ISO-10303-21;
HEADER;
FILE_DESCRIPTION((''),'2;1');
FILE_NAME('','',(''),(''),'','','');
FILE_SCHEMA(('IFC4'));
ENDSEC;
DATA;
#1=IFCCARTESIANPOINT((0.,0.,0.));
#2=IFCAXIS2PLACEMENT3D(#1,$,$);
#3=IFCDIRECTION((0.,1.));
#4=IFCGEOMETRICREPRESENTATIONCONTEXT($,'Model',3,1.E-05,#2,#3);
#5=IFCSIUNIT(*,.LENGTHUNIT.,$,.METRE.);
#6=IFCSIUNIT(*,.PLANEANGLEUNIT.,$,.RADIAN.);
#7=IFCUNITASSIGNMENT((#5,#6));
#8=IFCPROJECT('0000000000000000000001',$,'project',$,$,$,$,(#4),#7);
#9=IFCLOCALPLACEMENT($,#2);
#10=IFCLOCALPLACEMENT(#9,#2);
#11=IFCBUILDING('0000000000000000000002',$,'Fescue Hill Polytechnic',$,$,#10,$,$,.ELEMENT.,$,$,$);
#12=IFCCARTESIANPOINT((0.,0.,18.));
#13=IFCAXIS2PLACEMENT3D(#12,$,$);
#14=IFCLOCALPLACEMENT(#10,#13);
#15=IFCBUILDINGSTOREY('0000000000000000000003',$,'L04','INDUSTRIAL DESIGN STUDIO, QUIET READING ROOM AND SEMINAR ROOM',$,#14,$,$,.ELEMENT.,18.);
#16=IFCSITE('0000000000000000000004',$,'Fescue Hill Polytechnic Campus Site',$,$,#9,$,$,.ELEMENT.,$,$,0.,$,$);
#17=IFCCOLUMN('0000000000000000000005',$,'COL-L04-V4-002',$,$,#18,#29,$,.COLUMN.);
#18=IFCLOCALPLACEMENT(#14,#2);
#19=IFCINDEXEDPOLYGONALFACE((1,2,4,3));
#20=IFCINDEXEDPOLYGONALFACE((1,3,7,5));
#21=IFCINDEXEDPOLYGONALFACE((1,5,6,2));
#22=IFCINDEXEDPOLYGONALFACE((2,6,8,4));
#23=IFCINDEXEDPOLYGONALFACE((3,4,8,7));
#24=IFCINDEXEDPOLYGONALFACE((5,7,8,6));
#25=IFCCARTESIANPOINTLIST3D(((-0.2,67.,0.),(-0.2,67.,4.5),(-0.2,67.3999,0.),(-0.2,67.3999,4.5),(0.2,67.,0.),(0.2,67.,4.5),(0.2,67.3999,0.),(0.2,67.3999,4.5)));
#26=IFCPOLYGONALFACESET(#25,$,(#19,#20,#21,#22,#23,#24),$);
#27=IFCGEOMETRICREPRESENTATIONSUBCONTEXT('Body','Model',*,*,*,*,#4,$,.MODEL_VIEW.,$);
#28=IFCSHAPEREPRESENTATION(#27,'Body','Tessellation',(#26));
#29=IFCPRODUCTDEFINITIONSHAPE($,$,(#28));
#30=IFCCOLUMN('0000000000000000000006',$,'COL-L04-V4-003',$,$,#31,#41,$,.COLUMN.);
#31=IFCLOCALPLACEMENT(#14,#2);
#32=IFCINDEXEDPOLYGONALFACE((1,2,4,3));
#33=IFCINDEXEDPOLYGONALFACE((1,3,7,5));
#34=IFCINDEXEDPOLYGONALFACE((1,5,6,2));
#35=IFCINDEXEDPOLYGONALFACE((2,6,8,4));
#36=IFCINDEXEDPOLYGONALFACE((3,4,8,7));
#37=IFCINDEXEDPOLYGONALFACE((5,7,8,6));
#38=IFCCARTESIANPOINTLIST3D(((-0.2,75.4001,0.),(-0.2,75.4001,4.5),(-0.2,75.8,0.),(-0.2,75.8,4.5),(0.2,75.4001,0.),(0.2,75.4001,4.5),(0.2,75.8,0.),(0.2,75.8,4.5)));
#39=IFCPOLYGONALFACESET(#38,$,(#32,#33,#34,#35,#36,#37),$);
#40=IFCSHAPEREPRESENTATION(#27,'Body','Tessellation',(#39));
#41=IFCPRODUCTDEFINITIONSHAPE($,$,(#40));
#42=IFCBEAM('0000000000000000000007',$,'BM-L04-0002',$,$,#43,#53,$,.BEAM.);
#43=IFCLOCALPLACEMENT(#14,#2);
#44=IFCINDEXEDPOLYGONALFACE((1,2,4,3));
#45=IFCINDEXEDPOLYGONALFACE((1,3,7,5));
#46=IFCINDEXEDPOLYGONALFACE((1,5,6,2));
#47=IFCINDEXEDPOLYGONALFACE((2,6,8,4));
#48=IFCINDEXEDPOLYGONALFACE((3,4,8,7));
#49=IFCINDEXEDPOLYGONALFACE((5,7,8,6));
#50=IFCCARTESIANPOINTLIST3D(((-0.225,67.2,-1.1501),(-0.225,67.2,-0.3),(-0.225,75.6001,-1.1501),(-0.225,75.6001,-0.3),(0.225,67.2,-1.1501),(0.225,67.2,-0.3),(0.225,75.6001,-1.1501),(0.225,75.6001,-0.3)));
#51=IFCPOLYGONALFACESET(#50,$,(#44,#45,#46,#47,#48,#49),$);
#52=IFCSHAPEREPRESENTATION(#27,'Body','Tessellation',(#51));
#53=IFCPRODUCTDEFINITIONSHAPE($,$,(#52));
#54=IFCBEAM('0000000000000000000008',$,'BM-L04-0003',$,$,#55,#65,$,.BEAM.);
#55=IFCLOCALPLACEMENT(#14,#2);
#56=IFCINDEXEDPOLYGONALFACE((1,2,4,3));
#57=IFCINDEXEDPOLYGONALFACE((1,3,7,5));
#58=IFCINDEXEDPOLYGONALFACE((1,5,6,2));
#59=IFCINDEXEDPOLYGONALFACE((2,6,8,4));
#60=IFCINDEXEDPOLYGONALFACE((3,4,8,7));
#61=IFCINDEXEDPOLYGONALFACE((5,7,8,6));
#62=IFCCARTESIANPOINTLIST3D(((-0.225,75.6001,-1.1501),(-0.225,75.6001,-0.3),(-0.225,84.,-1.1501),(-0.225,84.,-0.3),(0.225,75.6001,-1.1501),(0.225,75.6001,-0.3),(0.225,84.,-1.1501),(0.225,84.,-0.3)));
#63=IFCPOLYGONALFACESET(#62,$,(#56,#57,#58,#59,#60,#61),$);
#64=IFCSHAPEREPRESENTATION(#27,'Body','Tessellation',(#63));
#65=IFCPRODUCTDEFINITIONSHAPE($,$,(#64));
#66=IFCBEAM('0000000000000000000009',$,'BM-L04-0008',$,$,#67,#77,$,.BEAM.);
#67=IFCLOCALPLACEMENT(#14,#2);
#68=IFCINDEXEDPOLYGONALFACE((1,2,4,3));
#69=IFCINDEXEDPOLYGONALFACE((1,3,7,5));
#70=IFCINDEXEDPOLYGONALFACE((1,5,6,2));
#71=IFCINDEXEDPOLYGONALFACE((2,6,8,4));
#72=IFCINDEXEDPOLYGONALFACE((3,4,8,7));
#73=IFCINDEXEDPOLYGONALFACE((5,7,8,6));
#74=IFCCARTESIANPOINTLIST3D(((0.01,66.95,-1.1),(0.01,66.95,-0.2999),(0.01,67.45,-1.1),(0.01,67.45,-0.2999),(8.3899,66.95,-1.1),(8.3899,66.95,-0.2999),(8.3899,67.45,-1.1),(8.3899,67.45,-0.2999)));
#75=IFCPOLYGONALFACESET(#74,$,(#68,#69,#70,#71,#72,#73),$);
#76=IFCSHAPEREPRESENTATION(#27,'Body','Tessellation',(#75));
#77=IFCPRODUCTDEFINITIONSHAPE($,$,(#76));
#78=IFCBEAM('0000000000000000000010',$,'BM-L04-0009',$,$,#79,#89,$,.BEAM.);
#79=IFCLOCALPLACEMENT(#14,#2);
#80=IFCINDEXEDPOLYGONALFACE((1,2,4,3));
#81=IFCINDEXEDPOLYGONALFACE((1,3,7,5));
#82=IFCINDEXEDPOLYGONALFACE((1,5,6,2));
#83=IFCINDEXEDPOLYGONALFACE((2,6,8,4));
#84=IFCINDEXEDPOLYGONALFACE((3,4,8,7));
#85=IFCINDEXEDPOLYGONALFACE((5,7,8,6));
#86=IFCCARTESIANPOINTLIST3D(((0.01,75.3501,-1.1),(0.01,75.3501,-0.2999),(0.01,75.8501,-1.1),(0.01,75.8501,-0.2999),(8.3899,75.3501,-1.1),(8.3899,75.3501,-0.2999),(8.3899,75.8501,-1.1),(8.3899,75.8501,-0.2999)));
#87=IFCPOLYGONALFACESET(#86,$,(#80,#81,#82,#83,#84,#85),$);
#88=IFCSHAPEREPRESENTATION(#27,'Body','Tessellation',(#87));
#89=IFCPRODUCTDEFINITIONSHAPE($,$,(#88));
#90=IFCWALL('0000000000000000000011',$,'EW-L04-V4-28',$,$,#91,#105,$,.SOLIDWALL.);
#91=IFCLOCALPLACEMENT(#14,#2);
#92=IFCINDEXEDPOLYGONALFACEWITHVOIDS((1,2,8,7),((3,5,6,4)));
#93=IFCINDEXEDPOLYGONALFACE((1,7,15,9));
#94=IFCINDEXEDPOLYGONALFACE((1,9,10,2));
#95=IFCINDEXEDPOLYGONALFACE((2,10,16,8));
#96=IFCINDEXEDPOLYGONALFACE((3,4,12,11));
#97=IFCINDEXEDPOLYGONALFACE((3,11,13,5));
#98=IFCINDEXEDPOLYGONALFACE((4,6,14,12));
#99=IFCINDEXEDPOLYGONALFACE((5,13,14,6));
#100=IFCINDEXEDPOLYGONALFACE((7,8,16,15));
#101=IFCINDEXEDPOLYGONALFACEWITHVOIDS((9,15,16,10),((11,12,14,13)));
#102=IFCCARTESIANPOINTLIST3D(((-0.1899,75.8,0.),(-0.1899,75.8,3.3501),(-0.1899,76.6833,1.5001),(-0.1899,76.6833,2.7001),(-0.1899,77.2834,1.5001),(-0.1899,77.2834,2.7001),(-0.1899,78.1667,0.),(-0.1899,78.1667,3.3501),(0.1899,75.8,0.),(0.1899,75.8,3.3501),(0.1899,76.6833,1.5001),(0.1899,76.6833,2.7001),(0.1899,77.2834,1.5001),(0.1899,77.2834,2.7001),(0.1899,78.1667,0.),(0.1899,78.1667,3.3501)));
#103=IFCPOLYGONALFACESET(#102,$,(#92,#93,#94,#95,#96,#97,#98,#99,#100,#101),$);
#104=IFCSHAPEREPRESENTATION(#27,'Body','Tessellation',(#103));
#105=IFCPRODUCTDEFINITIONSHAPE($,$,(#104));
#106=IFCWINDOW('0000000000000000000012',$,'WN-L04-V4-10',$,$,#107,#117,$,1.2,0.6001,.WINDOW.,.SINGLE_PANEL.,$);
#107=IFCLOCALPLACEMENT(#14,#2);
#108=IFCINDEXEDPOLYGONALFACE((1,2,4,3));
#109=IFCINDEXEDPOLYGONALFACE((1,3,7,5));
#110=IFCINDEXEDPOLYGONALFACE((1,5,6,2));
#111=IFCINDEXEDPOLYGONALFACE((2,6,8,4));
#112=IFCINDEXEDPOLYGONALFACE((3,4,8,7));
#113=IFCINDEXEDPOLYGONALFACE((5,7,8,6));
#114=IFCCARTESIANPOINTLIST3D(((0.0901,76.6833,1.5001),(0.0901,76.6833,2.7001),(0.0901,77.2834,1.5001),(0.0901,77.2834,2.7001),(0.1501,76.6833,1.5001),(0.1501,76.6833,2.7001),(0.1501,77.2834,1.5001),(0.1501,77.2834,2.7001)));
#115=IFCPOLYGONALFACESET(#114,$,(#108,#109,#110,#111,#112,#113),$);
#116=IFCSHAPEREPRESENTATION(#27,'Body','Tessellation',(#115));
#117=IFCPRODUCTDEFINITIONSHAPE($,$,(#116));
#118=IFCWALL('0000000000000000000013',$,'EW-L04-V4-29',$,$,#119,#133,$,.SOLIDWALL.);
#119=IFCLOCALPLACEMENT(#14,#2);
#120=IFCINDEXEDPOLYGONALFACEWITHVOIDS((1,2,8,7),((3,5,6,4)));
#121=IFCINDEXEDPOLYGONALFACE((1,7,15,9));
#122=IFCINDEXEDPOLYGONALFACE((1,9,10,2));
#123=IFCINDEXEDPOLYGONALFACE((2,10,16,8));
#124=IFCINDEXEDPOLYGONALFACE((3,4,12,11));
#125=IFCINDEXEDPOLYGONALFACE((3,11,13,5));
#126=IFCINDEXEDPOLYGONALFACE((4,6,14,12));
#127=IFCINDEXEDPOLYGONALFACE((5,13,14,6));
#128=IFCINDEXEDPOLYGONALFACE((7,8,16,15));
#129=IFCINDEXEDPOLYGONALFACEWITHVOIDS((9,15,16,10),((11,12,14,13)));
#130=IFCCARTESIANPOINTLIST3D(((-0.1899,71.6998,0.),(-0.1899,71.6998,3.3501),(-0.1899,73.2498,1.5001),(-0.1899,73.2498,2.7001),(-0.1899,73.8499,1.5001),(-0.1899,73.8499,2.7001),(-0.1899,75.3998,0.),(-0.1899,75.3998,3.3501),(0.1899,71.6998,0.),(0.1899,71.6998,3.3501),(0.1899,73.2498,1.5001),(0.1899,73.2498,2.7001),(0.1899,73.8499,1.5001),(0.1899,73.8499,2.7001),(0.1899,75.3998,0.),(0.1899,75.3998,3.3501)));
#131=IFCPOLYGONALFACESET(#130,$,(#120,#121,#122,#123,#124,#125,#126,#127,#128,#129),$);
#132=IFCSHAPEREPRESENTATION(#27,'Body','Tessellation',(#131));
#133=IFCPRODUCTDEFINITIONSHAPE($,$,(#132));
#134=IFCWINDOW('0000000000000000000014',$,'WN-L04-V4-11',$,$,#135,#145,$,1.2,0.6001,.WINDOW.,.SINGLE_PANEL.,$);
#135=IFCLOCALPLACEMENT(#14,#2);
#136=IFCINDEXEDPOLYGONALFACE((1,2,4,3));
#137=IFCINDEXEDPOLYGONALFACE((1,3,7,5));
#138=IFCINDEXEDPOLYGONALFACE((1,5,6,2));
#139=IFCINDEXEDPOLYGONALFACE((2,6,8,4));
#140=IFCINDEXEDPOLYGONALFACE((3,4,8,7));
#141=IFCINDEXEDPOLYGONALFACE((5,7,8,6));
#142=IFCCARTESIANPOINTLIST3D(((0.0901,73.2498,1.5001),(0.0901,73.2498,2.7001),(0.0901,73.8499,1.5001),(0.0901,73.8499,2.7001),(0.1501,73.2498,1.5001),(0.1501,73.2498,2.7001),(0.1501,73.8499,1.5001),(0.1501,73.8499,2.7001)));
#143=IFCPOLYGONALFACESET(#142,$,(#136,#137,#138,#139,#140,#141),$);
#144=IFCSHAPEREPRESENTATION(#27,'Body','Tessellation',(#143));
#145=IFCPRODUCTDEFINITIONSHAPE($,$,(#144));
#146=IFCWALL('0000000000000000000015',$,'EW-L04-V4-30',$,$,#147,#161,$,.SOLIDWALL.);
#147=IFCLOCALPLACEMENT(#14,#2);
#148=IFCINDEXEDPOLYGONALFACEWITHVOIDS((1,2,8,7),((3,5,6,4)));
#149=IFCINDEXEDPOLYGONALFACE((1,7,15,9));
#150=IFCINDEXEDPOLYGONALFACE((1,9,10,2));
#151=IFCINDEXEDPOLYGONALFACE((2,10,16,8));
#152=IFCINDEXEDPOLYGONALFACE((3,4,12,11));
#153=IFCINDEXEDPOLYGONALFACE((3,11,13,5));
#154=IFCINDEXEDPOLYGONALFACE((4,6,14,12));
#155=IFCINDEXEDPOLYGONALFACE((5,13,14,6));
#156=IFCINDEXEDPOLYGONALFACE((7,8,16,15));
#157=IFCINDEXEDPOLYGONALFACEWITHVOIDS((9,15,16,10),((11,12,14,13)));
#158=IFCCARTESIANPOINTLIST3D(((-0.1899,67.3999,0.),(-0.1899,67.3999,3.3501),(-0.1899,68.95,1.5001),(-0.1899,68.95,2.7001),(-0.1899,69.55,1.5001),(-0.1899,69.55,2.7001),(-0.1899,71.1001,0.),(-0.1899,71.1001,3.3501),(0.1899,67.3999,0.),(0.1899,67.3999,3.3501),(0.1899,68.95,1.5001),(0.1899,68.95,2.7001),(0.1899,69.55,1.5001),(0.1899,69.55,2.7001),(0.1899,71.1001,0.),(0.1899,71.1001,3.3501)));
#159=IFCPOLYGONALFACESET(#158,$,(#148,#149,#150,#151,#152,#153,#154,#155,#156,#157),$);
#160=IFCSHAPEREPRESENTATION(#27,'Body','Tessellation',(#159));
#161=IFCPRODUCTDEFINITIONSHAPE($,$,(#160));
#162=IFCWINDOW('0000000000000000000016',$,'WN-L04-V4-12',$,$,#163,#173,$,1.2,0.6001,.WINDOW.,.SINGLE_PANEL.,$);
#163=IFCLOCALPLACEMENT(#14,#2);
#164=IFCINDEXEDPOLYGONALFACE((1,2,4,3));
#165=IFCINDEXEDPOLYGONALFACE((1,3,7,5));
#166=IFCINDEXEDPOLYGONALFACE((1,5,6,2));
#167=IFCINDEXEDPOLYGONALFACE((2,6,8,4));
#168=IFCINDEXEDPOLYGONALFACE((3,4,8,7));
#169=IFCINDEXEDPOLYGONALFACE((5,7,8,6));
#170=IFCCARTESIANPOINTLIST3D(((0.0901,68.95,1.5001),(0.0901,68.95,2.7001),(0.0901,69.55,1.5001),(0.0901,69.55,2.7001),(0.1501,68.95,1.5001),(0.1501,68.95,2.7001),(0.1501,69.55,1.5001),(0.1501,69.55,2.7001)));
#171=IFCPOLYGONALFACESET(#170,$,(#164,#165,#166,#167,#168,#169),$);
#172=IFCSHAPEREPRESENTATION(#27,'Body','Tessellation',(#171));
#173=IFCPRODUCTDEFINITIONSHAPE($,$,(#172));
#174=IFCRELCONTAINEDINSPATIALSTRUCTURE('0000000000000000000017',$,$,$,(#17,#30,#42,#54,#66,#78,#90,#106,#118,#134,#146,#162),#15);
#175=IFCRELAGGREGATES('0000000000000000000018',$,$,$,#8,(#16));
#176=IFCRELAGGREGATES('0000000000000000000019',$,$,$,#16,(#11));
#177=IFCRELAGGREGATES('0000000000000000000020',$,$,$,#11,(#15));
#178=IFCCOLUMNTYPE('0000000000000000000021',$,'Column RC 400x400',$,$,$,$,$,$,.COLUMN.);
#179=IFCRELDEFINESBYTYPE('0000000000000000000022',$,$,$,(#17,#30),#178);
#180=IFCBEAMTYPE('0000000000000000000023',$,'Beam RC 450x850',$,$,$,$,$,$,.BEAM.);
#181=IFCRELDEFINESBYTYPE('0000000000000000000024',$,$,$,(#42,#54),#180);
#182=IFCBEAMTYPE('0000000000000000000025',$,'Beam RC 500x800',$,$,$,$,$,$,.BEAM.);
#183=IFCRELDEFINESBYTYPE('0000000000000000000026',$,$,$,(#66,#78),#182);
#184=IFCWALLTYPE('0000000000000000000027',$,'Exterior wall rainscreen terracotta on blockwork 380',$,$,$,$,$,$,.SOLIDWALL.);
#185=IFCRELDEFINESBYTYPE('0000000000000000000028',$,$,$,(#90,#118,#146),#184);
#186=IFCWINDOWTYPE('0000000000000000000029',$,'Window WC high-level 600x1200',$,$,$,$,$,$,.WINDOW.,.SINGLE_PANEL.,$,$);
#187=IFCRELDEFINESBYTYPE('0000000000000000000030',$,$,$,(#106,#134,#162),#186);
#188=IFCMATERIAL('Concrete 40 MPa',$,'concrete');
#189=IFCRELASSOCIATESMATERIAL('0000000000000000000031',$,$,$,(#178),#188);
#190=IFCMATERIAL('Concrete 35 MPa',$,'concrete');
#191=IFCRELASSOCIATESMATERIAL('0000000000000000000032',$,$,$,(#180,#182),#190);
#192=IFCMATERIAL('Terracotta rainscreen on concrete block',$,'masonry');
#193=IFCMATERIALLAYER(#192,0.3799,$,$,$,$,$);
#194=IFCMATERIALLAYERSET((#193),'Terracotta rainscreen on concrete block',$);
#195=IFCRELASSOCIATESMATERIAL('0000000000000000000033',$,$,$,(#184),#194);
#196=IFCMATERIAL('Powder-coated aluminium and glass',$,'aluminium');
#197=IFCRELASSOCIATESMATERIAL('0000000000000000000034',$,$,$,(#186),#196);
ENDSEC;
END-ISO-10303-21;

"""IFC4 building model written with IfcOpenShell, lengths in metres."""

from ifc_helpers import new_model, si_unit, direction, frame, frame_2d, origin, origin_2d, place, context, subcontext, project, spatial, rectangle, extrude, material, layer, layer_set, material_profile, profile_set, type_object, element, fill, save


model = new_model("IFC4")

# Units and contexts
model_context = context("Model", 3, precision=1e-05, world=origin(), true_north=direction((0.0, 1.0)))
body_context = subcontext(model_context, "Body", "Model", "MODEL_VIEW")
ifc_project = project(units=[si_unit("LENGTHUNIT", "METRE"), si_unit("PLANEANGLEUNIT", "RADIAN")], contexts=[model_context])

# Site, building, storey
site_placement = place(None, origin())
site = spatial("IfcSite", under=ifc_project, at=site_placement, Name="Fescue Hill Polytechnic Campus Site", CompositionType="ELEMENT", RefElevation=0.0)
building_placement = place(site_placement, origin())
building = spatial("IfcBuilding", under=site, at=building_placement, Name="Fescue Hill Polytechnic", CompositionType="ELEMENT")
storey_placement = place(building_placement, frame((0.0, 0.0, 18.0)))
storey = spatial("IfcBuildingStorey", under=building, at=storey_placement, Name="L04", Description="INDUSTRIAL DESIGN STUDIO, QUIET READING ROOM AND SEMINAR ROOM", CompositionType="ELEMENT", Elevation=18.0)

# Columns
ifc_material_1 = material(Name="Concrete 40 MPa", Category="concrete")
ifc_material_profile_1 = material_profile(ifc_material_1, rectangle(XDim=0.3999, YDim=0.3999, at=origin_2d()), Name="RC 400x400")
ifc_profile_set_1 = profile_set([ifc_material_profile_1], Name="Concrete 40 MPa")
column_type = type_object("IfcColumnType", Name="Column RC 400x400", PredefinedType="COLUMN", material=ifc_profile_set_1)
for number, where, z_axis, x_axis, name in (
    (1, (0.0, 67.2, 0.0), (0.0, 0.0, 1.0), (1.0, 0.0, 0.0), "COL-L04-V4-002"),
    (2, (0.0, 75.6001, 0.0), (0.0, 0.0, 1.0), (1.0, 0.0, 0.0), "COL-L04-V4-003"),
):
    element("IfcColumn", number, at=place(storey_placement, frame(where, z_axis=z_axis, x_axis=x_axis)), inside=storey, type_object=column_type, Name=name, PredefinedType="COLUMN", context=body_context, shape_type="SweptSolid", body=[
        extrude(rectangle(XDim=0.3999, YDim=0.3999, at=origin_2d()), origin(), (0.0, 0.0, 1.0), 4.5),
    ])

# Beams
ifc_material_2 = material(Name="Concrete 35 MPa", Category="concrete")
ifc_material_profile_2 = material_profile(ifc_material_2, rectangle(XDim=0.45, YDim=0.8501, at=origin_2d()), Name="RC 450x850")
ifc_profile_set_2 = profile_set([ifc_material_profile_2], Name="Concrete 35 MPa")
beam_type_1 = type_object("IfcBeamType", Name="Beam RC 450x850", PredefinedType="BEAM", material=ifc_profile_set_2)
beam_1_placement = place(storey_placement, frame((0.0, 67.2, -0.7251), z_axis=(0.0, 1.0, 0.0), x_axis=(-1.0, 0.0, 0.0)))
element("IfcBeam", 3, at=beam_1_placement, inside=storey, type_object=beam_type_1, Name="BM-L04-0002", PredefinedType="BEAM", context=body_context, shape_type="SweptSolid", body=[
    extrude(rectangle(XDim=0.45, YDim=0.8501, at=origin_2d()), origin(), (0.0, 0.0, 1.0), 8.4001),
])
beam_2_placement = place(storey_placement, frame((0.0, 75.6001, -0.7251), z_axis=(0.0, 1.0, 0.0), x_axis=(-1.0, 0.0, 0.0)))
element("IfcBeam", 4, at=beam_2_placement, inside=storey, type_object=beam_type_1, Name="BM-L04-0003", PredefinedType="BEAM", context=body_context, shape_type="SweptSolid", body=[
    extrude(rectangle(XDim=0.45, YDim=0.8501, at=origin_2d()), origin(), (0.0, 0.0, 1.0), 8.3999),
])
ifc_material_profile_3 = material_profile(ifc_material_2, rectangle(XDim=0.5, YDim=0.8, at=origin_2d()), Name="RC 500x800")
ifc_profile_set_3 = profile_set([ifc_material_profile_3], Name="Concrete 35 MPa")
beam_type_2 = type_object("IfcBeamType", Name="Beam RC 500x800", PredefinedType="BEAM", material=ifc_profile_set_3)
for number, where, z_axis, x_axis, name in (
    (5, (0.01, 67.2, -0.7), (1.0, 0.0, 0.0), (0.0, 1.0, 0.0), "BM-L04-0008"),
    (6, (0.01, 75.6001, -0.7), (1.0, 0.0, 0.0), (0.0, 1.0, 0.0), "BM-L04-0009"),
):
    element("IfcBeam", number, at=place(storey_placement, frame(where, z_axis=z_axis, x_axis=x_axis)), inside=storey, type_object=beam_type_2, Name=name, PredefinedType="BEAM", context=body_context, shape_type="SweptSolid", body=[
        extrude(rectangle(XDim=0.5, YDim=0.8, at=origin_2d()), origin(), (0.0, 0.0, 1.0), 8.3799),
    ])

# Walls, openings, windows
ifc_material_3 = material(Name="Terracotta rainscreen on concrete block", Category="masonry")
ifc_layer_1 = layer(ifc_material_3, 0.3799)
ifc_layer_set_1 = layer_set([ifc_layer_1], Name="Terracotta rainscreen on concrete block")
wall_type_1 = type_object("IfcWallType", Name="Exterior wall rainscreen terracotta on blockwork 380", PredefinedType="SOLIDWALL", material=ifc_layer_set_1)
wall_1_placement = place(storey_placement, frame((0.0, 78.1667, 0.0), z_axis=(0.0, 0.0, 1.0), x_axis=(0.0, -1.0, 0.0)))
wall_1 = element("IfcWall", 7, at=wall_1_placement, inside=storey, type_object=wall_type_1, Name="EW-L04-V4-28", PredefinedType="SOLIDWALL", context=body_context, shape_type="SweptSolid", body=[
    extrude(rectangle(XDim=2.3667, YDim=0.3799, at=frame_2d((1.1833, 0.0))), origin(), (0.0, 0.0, 1.0), 3.3501),
])
opening_1_placement = place(wall_1_placement, frame((0.8833, 0.0, 1.5)))
opening_1 = element("IfcOpeningElement", 8, at=opening_1_placement, cuts=wall_1, PredefinedType="OPENING", context=body_context, shape_type="SweptSolid", body=[
    extrude(rectangle(XDim=0.6001, YDim=1.2, at=frame_2d((0.3, 0.6001))), frame((0.0, 0.2, 0.0), z_axis=(0.0, -1.0, 0.0), x_axis=(1.0, 0.0, 0.0)), (0.0, 0.0, 1.0), 0.3999),
])
ifc_material_4 = material(Name="Powder-coated aluminium and glass", Category="aluminium")
window_type = type_object("IfcWindowType", Name="Window WC high-level 600x1200", PartitioningType="SINGLE_PANEL", PredefinedType="WINDOW", material=ifc_material_4)
window_1_placement = place(opening_1_placement, origin())
window_1 = element("IfcWindow", 9, at=window_1_placement, inside=storey, type_object=window_type, Name="WN-L04-V4-10", OverallHeight=1.2, OverallWidth=0.6001, PartitioningType="SINGLE_PANEL", PredefinedType="WINDOW", context=body_context, shape_type="SweptSolid", body=[
    extrude(rectangle(XDim=0.6001, YDim=1.2, at=frame_2d((0.3, 0.6001))), frame((0.0, 0.1501, 0.0), z_axis=(0.0, -1.0, 0.0), x_axis=(1.0, 0.0, 0.0)), (0.0, 0.0, 1.0), 0.0601),
])
fill(opening_1, window_1)
wall_2_placement = place(storey_placement, frame((0.0, 75.3999, 0.0), z_axis=(0.0, 0.0, 1.0), x_axis=(0.0, -1.0, 0.0)))
wall_2 = element("IfcWall", 10, at=wall_2_placement, inside=storey, type_object=wall_type_1, Name="EW-L04-V4-29", PredefinedType="SOLIDWALL", context=body_context, shape_type="SweptSolid", body=[
    extrude(rectangle(XDim=3.7, YDim=0.3799, at=frame_2d((1.8501, 0.0))), origin(), (0.0, 0.0, 1.0), 3.3501),
])
opening_2_placement = place(wall_2_placement, frame((1.55, 0.0, 1.5)))
opening_2 = element("IfcOpeningElement", 11, at=opening_2_placement, cuts=wall_2, PredefinedType="OPENING", context=body_context, shape_type="SweptSolid", body=[
    extrude(rectangle(XDim=0.6001, YDim=1.2, at=frame_2d((0.3, 0.6001))), frame((0.0, 0.2, 0.0), z_axis=(0.0, -1.0, 0.0), x_axis=(1.0, 0.0, 0.0)), (0.0, 0.0, 1.0), 0.3999),
])
window_2_placement = place(opening_2_placement, origin())
window_2 = element("IfcWindow", 12, at=window_2_placement, inside=storey, type_object=window_type, Name="WN-L04-V4-11", OverallHeight=1.2, OverallWidth=0.6001, PartitioningType="SINGLE_PANEL", PredefinedType="WINDOW", context=body_context, shape_type="SweptSolid", body=[
    extrude(rectangle(XDim=0.6001, YDim=1.2, at=frame_2d((0.3, 0.6001))), frame((0.0, 0.1501, 0.0), z_axis=(0.0, -1.0, 0.0), x_axis=(1.0, 0.0, 0.0)), (0.0, 0.0, 1.0), 0.0601),
])
fill(opening_2, window_2)
wall_3_placement = place(storey_placement, frame((0.0, 71.1001, 0.0), z_axis=(0.0, 0.0, 1.0), x_axis=(0.0, -1.0, 0.0)))
wall_3 = element("IfcWall", 13, at=wall_3_placement, inside=storey, type_object=wall_type_1, Name="EW-L04-V4-30", PredefinedType="SOLIDWALL", context=body_context, shape_type="SweptSolid", body=[
    extrude(rectangle(XDim=3.7002, YDim=0.3799, at=frame_2d((1.8501, 0.0))), origin(), (0.0, 0.0, 1.0), 3.3501),
])
opening_3_placement = place(wall_3_placement, frame((1.55, 0.0, 1.5)))
opening_3 = element("IfcOpeningElement", 14, at=opening_3_placement, cuts=wall_3, PredefinedType="OPENING", context=body_context, shape_type="SweptSolid", body=[
    extrude(rectangle(XDim=0.6001, YDim=1.2, at=frame_2d((0.3, 0.6001))), frame((0.0, 0.2, 0.0), z_axis=(0.0, -1.0, 0.0), x_axis=(1.0, 0.0, 0.0)), (0.0, 0.0, 1.0), 0.3999),
])
window_3_placement = place(opening_3_placement, origin())
window_3 = element("IfcWindow", 15, at=window_3_placement, inside=storey, type_object=window_type, Name="WN-L04-V4-12", OverallHeight=1.2, OverallWidth=0.6001, PartitioningType="SINGLE_PANEL", PredefinedType="WINDOW", context=body_context, shape_type="SweptSolid", body=[
    extrude(rectangle(XDim=0.6001, YDim=1.2, at=frame_2d((0.3, 0.6001))), frame((0.0, 0.1501, 0.0), z_axis=(0.0, -1.0, 0.0), x_axis=(1.0, 0.0, 0.0)), (0.0, 0.0, 1.0), 0.0601),
])
fill(opening_3, window_3)

save(model, "model.ifc")
